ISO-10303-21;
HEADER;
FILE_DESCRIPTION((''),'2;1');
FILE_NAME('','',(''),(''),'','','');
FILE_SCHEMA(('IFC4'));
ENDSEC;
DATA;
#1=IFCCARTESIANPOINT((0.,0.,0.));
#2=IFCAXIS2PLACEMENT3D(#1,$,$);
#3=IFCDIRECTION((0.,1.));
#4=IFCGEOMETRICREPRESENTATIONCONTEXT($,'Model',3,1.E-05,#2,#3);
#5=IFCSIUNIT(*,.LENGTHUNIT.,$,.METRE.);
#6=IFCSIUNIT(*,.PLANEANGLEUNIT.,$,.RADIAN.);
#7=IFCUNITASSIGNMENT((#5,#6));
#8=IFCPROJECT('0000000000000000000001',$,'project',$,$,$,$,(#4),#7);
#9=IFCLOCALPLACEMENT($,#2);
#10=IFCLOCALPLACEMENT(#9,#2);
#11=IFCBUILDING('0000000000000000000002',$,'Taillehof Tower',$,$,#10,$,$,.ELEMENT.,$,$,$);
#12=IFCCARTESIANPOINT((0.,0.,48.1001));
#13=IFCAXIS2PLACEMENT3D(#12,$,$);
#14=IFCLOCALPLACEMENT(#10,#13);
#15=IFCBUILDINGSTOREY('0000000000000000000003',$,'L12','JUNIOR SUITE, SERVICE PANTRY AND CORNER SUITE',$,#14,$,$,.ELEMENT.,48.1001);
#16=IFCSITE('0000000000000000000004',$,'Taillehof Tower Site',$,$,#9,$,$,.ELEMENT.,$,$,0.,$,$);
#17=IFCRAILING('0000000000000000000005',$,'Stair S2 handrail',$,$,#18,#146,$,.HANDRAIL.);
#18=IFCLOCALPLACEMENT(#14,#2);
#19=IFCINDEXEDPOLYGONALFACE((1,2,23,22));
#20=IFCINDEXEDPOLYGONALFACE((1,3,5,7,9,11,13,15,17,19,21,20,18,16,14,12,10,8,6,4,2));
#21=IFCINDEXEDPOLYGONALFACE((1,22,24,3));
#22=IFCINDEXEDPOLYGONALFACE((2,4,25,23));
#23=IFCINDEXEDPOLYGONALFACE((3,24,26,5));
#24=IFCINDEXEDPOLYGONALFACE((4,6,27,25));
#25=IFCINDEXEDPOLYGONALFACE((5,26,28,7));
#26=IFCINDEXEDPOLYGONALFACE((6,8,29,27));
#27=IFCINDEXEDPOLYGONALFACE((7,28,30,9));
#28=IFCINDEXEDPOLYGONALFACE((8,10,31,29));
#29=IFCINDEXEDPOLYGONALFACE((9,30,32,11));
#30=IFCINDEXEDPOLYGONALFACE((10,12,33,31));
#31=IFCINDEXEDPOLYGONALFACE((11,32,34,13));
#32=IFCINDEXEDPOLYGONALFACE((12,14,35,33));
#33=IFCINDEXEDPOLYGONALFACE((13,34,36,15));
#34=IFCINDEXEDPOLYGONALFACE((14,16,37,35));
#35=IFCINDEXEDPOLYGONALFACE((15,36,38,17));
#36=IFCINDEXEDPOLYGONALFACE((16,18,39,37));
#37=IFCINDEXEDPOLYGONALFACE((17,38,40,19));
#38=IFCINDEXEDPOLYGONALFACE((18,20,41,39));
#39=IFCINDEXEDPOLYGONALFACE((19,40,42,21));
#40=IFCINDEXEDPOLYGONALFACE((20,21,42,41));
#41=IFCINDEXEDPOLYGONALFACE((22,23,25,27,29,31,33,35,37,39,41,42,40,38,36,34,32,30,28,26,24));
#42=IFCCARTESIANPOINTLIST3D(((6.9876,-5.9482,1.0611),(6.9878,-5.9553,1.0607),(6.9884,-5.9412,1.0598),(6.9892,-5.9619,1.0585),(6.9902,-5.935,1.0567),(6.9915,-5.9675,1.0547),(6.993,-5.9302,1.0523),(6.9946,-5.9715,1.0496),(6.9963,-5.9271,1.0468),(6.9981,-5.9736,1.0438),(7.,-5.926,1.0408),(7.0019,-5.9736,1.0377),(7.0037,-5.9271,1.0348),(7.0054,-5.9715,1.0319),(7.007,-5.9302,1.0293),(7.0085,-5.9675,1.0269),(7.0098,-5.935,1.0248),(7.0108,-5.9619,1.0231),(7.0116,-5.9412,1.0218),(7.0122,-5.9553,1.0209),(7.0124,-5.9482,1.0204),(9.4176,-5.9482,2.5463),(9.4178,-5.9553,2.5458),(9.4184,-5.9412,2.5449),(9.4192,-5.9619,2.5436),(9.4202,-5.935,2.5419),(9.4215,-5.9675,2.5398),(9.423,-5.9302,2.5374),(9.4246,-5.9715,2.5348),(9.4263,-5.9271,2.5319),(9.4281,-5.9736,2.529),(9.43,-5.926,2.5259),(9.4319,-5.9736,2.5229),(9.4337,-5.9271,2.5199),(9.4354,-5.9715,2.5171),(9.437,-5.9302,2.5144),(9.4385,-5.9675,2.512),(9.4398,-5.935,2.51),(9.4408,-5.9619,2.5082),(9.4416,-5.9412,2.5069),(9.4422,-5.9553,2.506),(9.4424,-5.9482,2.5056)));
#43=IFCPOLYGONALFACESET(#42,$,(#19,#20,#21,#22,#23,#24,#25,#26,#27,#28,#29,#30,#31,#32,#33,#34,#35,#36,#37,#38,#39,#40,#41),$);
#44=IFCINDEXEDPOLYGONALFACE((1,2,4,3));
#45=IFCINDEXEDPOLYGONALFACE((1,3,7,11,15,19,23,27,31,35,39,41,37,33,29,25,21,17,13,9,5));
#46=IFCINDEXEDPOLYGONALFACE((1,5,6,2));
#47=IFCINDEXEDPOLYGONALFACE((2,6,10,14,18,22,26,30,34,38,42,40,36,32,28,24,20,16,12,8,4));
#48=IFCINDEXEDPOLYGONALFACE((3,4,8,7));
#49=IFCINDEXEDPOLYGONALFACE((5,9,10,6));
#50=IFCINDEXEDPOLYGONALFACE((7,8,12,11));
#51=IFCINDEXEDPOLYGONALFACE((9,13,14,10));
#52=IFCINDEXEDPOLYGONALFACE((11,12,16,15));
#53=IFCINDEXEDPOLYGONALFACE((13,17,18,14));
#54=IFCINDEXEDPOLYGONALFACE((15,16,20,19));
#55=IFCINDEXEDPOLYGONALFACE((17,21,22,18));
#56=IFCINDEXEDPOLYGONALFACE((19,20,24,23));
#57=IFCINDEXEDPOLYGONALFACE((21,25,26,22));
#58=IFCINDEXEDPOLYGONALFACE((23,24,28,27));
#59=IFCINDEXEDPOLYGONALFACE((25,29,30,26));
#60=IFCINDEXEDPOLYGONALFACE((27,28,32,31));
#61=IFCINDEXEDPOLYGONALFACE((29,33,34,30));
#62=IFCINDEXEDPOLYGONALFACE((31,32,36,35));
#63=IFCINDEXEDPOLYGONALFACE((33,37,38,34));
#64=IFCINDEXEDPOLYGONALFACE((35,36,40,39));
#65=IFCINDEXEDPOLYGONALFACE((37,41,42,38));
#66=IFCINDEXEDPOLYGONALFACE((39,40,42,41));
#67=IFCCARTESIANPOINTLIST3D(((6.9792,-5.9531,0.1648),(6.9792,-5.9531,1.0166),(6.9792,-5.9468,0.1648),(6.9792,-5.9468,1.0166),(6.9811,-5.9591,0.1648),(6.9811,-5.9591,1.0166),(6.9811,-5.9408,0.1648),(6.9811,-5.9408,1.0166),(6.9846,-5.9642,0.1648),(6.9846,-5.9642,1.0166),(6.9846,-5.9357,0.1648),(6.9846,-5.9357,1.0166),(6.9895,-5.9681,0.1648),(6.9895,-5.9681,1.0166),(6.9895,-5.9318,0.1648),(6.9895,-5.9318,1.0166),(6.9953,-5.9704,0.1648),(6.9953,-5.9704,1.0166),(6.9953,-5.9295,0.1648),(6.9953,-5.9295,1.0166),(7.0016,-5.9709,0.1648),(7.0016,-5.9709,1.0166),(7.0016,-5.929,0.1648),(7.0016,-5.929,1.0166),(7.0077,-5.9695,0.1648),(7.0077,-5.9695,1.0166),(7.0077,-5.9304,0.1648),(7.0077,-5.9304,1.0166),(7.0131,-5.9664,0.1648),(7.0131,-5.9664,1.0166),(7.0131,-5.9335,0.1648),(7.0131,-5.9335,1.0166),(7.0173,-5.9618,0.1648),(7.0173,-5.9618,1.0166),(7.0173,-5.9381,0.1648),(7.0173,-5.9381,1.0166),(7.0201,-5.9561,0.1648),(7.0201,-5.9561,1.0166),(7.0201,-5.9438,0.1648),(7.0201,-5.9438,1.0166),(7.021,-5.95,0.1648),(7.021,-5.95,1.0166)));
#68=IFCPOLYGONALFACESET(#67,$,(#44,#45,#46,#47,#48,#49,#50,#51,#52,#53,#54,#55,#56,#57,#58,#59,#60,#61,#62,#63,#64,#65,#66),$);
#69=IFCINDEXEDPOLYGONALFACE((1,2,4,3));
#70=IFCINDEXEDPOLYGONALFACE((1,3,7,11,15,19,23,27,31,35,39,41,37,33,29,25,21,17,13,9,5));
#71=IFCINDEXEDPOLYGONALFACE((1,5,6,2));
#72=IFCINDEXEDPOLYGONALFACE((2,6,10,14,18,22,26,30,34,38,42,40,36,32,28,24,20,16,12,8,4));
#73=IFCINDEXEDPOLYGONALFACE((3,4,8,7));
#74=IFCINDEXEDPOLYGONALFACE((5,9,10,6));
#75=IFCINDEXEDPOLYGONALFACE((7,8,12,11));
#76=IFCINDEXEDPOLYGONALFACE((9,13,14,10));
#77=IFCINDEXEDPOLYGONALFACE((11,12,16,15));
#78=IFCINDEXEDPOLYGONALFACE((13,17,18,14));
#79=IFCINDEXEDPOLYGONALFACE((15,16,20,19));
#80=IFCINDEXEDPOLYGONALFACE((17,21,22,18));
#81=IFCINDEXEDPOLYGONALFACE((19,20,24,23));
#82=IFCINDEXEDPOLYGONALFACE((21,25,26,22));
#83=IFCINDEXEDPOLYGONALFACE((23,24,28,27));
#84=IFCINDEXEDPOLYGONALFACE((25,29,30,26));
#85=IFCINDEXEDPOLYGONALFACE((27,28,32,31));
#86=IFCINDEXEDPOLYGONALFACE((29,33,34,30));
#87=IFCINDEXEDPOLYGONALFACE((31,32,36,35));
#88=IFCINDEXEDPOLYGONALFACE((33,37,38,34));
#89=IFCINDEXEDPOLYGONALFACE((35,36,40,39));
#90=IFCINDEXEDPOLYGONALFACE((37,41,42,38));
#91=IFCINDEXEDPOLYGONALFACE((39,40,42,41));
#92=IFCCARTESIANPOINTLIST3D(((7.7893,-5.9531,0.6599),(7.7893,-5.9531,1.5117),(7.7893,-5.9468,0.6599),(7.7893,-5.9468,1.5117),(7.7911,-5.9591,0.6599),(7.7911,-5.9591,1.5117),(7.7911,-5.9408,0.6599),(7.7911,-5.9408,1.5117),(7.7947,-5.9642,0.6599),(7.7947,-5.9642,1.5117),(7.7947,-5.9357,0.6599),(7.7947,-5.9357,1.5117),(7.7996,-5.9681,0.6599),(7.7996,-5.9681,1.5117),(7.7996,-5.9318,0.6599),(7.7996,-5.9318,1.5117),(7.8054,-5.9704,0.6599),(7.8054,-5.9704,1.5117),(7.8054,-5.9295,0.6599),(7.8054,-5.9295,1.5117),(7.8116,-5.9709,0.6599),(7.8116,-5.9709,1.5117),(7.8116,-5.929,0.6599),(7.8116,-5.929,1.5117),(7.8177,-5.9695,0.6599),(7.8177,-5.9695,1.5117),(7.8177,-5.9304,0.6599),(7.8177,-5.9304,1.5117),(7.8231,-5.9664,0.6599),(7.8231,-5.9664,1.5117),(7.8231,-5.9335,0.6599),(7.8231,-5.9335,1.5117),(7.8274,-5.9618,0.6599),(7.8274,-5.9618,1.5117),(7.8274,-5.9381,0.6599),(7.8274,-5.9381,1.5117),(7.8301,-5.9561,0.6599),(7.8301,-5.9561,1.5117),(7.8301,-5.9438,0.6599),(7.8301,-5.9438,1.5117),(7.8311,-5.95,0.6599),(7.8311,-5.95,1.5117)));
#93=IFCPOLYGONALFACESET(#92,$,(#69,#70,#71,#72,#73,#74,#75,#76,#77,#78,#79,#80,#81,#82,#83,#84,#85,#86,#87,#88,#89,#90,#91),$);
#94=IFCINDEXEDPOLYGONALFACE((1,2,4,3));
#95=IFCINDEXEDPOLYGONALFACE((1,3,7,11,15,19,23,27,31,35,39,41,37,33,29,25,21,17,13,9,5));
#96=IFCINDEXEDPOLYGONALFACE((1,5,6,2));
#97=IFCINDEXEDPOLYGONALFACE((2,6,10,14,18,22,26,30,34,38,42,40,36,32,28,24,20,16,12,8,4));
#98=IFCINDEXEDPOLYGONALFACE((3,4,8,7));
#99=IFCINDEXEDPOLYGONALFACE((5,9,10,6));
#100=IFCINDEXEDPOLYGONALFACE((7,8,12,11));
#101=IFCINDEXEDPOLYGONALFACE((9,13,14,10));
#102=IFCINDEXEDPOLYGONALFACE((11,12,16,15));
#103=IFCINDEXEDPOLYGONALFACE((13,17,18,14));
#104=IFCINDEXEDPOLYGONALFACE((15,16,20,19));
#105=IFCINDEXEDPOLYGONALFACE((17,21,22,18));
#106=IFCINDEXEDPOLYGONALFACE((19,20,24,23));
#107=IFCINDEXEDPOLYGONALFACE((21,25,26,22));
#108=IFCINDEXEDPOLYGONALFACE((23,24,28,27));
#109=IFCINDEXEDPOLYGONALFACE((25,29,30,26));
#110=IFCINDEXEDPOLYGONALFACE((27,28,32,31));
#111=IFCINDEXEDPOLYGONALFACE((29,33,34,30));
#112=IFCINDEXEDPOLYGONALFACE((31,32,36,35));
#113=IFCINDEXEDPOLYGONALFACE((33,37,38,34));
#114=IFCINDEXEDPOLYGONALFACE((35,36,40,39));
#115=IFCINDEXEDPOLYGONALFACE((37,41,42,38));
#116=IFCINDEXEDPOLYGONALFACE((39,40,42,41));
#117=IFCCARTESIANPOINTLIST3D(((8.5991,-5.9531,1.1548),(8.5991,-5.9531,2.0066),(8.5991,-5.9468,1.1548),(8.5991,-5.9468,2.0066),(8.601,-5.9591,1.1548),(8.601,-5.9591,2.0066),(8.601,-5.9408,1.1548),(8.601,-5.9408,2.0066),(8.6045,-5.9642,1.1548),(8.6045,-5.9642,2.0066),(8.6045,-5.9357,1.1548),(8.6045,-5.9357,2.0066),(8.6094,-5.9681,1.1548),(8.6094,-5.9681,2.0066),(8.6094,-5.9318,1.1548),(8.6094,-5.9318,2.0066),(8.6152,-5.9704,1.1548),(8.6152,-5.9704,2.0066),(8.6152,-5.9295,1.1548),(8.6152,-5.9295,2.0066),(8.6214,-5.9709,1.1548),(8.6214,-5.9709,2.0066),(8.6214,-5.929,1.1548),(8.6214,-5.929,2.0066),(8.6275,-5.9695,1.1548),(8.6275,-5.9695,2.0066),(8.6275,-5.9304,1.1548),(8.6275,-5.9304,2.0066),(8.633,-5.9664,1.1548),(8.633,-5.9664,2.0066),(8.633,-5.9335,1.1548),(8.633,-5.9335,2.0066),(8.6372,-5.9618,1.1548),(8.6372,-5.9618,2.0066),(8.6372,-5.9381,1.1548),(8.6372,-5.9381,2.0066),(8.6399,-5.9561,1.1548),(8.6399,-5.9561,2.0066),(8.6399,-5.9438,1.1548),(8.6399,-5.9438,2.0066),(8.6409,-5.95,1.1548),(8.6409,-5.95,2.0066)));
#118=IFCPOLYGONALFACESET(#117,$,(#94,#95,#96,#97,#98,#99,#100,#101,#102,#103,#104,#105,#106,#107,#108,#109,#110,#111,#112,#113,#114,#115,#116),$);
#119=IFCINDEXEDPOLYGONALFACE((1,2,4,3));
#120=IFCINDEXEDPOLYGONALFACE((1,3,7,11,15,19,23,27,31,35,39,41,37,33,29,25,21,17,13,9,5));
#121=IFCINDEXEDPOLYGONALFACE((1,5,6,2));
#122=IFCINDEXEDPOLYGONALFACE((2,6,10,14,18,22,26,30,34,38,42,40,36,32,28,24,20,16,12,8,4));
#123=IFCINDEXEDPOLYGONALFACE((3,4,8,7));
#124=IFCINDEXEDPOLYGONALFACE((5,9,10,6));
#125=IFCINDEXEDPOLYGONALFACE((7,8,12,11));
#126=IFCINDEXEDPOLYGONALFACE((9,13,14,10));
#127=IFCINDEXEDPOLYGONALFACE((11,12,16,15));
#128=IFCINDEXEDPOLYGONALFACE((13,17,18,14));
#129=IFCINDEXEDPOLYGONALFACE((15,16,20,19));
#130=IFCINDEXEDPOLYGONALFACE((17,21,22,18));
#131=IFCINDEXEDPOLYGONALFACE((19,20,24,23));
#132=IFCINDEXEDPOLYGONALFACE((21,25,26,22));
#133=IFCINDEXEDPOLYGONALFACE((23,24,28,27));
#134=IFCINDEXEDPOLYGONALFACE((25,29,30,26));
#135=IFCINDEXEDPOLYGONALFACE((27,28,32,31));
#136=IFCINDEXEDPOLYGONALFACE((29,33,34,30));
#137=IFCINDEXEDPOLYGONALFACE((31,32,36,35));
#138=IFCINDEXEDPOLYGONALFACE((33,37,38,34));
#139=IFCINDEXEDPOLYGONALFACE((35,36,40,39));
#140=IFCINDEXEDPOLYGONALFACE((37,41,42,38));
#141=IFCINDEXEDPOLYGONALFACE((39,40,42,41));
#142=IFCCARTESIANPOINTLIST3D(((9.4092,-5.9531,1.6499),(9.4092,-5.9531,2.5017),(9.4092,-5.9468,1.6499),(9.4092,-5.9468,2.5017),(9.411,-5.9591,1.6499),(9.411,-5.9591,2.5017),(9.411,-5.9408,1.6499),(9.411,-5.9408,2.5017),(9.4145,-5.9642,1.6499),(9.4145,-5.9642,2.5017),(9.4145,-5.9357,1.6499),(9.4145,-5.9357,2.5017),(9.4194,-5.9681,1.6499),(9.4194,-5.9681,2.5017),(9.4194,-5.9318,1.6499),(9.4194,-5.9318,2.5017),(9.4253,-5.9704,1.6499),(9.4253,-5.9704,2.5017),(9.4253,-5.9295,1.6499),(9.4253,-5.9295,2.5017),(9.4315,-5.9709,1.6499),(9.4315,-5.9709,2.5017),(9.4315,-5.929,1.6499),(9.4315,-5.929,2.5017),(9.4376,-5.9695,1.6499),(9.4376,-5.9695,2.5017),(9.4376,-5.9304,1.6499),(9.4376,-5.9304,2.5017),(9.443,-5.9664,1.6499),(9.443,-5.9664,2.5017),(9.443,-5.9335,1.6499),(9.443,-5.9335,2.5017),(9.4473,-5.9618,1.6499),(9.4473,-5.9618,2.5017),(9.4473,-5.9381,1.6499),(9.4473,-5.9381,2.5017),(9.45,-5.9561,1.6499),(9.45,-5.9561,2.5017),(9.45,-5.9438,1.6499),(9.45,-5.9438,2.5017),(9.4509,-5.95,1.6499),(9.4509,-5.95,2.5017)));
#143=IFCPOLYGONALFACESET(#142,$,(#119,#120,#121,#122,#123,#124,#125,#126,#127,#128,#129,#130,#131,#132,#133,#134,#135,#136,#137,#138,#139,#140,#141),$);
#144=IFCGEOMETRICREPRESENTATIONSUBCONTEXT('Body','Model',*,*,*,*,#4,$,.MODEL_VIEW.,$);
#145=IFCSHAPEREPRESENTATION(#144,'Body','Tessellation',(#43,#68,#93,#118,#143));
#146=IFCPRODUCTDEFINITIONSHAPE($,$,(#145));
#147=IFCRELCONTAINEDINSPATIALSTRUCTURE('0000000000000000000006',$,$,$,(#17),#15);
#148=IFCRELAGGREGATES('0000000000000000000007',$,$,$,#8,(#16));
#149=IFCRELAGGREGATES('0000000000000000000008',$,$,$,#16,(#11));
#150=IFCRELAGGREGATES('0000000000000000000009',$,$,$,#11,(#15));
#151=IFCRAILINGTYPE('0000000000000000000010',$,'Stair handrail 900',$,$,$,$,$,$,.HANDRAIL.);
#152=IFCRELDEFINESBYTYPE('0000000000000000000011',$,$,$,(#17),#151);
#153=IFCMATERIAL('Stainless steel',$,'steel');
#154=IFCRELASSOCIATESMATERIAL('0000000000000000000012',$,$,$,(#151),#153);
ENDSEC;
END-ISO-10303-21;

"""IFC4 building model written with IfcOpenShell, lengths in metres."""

from ifc_helpers import new_model, si_unit, direction, frame, origin, origin_2d, place, context, subcontext, project, spatial, circle, extrude, material, type_object, element, save


model = new_model("IFC4")

# Units and contexts
model_context = context("Model", 3, precision=1e-05, world=origin(), true_north=direction((0.0, 1.0)))
body_context = subcontext(model_context, "Body", "Model", "MODEL_VIEW")
ifc_project = project(units=[si_unit("LENGTHUNIT", "METRE"), si_unit("PLANEANGLEUNIT", "RADIAN")], contexts=[model_context])

# Site, building, storey
site_placement = place(None, origin())
site = spatial("IfcSite", under=ifc_project, at=site_placement, Name="Taillehof Tower Site", CompositionType="ELEMENT", RefElevation=0.0)
building_placement = place(site_placement, origin())
building = spatial("IfcBuilding", under=site, at=building_placement, Name="Taillehof Tower", CompositionType="ELEMENT")
storey_placement = place(building_placement, frame((0.0, 0.0, 48.1001)))
storey = spatial("IfcBuildingStorey", under=building, at=storey_placement, Name="L12", Description="JUNIOR SUITE, SERVICE PANTRY AND CORNER SUITE", CompositionType="ELEMENT", Elevation=48.1001)

# Railing
ifc_material_1 = material(Name="Stainless steel", Category="steel")
railing_type = type_object("IfcRailingType", Name="Stair handrail 900", PredefinedType="HANDRAIL", material=ifc_material_1)
railing_1_placement = place(storey_placement, frame((7.0, -5.95, 0.1648)))
element("IfcRailing", 1, at=railing_1_placement, inside=storey, type_object=railing_type, Name="Stair S2 handrail", PredefinedType="HANDRAIL", context=body_context, shape_type="SweptSolid", body=[
    extrude(circle(Radius=0.0239, at=origin_2d()), frame((0.0, 0.0, 0.876), z_axis=(0.853259, 0.0, 0.521488), x_axis=(0.0, 1.0, 0.0)), (0.0, 0.0, 1.0), 2.8479),
    extrude(circle(Radius=0.021, at=origin_2d()), origin(), (0.0, 0.0, 1.0), 0.8518),
    extrude(circle(Radius=0.021, at=origin_2d()), frame((0.8101, 0.0, 0.4951)), (0.0, 0.0, 1.0), 0.8518),
    extrude(circle(Radius=0.021, at=origin_2d()), frame((1.6199, 0.0, 0.99)), (0.0, 0.0, 1.0), 0.8518),
    extrude(circle(Radius=0.021, at=origin_2d()), frame((2.4299, 0.0, 1.4851)), (0.0, 0.0, 1.0), 0.8518),
])

save(model, "model.ifc")
